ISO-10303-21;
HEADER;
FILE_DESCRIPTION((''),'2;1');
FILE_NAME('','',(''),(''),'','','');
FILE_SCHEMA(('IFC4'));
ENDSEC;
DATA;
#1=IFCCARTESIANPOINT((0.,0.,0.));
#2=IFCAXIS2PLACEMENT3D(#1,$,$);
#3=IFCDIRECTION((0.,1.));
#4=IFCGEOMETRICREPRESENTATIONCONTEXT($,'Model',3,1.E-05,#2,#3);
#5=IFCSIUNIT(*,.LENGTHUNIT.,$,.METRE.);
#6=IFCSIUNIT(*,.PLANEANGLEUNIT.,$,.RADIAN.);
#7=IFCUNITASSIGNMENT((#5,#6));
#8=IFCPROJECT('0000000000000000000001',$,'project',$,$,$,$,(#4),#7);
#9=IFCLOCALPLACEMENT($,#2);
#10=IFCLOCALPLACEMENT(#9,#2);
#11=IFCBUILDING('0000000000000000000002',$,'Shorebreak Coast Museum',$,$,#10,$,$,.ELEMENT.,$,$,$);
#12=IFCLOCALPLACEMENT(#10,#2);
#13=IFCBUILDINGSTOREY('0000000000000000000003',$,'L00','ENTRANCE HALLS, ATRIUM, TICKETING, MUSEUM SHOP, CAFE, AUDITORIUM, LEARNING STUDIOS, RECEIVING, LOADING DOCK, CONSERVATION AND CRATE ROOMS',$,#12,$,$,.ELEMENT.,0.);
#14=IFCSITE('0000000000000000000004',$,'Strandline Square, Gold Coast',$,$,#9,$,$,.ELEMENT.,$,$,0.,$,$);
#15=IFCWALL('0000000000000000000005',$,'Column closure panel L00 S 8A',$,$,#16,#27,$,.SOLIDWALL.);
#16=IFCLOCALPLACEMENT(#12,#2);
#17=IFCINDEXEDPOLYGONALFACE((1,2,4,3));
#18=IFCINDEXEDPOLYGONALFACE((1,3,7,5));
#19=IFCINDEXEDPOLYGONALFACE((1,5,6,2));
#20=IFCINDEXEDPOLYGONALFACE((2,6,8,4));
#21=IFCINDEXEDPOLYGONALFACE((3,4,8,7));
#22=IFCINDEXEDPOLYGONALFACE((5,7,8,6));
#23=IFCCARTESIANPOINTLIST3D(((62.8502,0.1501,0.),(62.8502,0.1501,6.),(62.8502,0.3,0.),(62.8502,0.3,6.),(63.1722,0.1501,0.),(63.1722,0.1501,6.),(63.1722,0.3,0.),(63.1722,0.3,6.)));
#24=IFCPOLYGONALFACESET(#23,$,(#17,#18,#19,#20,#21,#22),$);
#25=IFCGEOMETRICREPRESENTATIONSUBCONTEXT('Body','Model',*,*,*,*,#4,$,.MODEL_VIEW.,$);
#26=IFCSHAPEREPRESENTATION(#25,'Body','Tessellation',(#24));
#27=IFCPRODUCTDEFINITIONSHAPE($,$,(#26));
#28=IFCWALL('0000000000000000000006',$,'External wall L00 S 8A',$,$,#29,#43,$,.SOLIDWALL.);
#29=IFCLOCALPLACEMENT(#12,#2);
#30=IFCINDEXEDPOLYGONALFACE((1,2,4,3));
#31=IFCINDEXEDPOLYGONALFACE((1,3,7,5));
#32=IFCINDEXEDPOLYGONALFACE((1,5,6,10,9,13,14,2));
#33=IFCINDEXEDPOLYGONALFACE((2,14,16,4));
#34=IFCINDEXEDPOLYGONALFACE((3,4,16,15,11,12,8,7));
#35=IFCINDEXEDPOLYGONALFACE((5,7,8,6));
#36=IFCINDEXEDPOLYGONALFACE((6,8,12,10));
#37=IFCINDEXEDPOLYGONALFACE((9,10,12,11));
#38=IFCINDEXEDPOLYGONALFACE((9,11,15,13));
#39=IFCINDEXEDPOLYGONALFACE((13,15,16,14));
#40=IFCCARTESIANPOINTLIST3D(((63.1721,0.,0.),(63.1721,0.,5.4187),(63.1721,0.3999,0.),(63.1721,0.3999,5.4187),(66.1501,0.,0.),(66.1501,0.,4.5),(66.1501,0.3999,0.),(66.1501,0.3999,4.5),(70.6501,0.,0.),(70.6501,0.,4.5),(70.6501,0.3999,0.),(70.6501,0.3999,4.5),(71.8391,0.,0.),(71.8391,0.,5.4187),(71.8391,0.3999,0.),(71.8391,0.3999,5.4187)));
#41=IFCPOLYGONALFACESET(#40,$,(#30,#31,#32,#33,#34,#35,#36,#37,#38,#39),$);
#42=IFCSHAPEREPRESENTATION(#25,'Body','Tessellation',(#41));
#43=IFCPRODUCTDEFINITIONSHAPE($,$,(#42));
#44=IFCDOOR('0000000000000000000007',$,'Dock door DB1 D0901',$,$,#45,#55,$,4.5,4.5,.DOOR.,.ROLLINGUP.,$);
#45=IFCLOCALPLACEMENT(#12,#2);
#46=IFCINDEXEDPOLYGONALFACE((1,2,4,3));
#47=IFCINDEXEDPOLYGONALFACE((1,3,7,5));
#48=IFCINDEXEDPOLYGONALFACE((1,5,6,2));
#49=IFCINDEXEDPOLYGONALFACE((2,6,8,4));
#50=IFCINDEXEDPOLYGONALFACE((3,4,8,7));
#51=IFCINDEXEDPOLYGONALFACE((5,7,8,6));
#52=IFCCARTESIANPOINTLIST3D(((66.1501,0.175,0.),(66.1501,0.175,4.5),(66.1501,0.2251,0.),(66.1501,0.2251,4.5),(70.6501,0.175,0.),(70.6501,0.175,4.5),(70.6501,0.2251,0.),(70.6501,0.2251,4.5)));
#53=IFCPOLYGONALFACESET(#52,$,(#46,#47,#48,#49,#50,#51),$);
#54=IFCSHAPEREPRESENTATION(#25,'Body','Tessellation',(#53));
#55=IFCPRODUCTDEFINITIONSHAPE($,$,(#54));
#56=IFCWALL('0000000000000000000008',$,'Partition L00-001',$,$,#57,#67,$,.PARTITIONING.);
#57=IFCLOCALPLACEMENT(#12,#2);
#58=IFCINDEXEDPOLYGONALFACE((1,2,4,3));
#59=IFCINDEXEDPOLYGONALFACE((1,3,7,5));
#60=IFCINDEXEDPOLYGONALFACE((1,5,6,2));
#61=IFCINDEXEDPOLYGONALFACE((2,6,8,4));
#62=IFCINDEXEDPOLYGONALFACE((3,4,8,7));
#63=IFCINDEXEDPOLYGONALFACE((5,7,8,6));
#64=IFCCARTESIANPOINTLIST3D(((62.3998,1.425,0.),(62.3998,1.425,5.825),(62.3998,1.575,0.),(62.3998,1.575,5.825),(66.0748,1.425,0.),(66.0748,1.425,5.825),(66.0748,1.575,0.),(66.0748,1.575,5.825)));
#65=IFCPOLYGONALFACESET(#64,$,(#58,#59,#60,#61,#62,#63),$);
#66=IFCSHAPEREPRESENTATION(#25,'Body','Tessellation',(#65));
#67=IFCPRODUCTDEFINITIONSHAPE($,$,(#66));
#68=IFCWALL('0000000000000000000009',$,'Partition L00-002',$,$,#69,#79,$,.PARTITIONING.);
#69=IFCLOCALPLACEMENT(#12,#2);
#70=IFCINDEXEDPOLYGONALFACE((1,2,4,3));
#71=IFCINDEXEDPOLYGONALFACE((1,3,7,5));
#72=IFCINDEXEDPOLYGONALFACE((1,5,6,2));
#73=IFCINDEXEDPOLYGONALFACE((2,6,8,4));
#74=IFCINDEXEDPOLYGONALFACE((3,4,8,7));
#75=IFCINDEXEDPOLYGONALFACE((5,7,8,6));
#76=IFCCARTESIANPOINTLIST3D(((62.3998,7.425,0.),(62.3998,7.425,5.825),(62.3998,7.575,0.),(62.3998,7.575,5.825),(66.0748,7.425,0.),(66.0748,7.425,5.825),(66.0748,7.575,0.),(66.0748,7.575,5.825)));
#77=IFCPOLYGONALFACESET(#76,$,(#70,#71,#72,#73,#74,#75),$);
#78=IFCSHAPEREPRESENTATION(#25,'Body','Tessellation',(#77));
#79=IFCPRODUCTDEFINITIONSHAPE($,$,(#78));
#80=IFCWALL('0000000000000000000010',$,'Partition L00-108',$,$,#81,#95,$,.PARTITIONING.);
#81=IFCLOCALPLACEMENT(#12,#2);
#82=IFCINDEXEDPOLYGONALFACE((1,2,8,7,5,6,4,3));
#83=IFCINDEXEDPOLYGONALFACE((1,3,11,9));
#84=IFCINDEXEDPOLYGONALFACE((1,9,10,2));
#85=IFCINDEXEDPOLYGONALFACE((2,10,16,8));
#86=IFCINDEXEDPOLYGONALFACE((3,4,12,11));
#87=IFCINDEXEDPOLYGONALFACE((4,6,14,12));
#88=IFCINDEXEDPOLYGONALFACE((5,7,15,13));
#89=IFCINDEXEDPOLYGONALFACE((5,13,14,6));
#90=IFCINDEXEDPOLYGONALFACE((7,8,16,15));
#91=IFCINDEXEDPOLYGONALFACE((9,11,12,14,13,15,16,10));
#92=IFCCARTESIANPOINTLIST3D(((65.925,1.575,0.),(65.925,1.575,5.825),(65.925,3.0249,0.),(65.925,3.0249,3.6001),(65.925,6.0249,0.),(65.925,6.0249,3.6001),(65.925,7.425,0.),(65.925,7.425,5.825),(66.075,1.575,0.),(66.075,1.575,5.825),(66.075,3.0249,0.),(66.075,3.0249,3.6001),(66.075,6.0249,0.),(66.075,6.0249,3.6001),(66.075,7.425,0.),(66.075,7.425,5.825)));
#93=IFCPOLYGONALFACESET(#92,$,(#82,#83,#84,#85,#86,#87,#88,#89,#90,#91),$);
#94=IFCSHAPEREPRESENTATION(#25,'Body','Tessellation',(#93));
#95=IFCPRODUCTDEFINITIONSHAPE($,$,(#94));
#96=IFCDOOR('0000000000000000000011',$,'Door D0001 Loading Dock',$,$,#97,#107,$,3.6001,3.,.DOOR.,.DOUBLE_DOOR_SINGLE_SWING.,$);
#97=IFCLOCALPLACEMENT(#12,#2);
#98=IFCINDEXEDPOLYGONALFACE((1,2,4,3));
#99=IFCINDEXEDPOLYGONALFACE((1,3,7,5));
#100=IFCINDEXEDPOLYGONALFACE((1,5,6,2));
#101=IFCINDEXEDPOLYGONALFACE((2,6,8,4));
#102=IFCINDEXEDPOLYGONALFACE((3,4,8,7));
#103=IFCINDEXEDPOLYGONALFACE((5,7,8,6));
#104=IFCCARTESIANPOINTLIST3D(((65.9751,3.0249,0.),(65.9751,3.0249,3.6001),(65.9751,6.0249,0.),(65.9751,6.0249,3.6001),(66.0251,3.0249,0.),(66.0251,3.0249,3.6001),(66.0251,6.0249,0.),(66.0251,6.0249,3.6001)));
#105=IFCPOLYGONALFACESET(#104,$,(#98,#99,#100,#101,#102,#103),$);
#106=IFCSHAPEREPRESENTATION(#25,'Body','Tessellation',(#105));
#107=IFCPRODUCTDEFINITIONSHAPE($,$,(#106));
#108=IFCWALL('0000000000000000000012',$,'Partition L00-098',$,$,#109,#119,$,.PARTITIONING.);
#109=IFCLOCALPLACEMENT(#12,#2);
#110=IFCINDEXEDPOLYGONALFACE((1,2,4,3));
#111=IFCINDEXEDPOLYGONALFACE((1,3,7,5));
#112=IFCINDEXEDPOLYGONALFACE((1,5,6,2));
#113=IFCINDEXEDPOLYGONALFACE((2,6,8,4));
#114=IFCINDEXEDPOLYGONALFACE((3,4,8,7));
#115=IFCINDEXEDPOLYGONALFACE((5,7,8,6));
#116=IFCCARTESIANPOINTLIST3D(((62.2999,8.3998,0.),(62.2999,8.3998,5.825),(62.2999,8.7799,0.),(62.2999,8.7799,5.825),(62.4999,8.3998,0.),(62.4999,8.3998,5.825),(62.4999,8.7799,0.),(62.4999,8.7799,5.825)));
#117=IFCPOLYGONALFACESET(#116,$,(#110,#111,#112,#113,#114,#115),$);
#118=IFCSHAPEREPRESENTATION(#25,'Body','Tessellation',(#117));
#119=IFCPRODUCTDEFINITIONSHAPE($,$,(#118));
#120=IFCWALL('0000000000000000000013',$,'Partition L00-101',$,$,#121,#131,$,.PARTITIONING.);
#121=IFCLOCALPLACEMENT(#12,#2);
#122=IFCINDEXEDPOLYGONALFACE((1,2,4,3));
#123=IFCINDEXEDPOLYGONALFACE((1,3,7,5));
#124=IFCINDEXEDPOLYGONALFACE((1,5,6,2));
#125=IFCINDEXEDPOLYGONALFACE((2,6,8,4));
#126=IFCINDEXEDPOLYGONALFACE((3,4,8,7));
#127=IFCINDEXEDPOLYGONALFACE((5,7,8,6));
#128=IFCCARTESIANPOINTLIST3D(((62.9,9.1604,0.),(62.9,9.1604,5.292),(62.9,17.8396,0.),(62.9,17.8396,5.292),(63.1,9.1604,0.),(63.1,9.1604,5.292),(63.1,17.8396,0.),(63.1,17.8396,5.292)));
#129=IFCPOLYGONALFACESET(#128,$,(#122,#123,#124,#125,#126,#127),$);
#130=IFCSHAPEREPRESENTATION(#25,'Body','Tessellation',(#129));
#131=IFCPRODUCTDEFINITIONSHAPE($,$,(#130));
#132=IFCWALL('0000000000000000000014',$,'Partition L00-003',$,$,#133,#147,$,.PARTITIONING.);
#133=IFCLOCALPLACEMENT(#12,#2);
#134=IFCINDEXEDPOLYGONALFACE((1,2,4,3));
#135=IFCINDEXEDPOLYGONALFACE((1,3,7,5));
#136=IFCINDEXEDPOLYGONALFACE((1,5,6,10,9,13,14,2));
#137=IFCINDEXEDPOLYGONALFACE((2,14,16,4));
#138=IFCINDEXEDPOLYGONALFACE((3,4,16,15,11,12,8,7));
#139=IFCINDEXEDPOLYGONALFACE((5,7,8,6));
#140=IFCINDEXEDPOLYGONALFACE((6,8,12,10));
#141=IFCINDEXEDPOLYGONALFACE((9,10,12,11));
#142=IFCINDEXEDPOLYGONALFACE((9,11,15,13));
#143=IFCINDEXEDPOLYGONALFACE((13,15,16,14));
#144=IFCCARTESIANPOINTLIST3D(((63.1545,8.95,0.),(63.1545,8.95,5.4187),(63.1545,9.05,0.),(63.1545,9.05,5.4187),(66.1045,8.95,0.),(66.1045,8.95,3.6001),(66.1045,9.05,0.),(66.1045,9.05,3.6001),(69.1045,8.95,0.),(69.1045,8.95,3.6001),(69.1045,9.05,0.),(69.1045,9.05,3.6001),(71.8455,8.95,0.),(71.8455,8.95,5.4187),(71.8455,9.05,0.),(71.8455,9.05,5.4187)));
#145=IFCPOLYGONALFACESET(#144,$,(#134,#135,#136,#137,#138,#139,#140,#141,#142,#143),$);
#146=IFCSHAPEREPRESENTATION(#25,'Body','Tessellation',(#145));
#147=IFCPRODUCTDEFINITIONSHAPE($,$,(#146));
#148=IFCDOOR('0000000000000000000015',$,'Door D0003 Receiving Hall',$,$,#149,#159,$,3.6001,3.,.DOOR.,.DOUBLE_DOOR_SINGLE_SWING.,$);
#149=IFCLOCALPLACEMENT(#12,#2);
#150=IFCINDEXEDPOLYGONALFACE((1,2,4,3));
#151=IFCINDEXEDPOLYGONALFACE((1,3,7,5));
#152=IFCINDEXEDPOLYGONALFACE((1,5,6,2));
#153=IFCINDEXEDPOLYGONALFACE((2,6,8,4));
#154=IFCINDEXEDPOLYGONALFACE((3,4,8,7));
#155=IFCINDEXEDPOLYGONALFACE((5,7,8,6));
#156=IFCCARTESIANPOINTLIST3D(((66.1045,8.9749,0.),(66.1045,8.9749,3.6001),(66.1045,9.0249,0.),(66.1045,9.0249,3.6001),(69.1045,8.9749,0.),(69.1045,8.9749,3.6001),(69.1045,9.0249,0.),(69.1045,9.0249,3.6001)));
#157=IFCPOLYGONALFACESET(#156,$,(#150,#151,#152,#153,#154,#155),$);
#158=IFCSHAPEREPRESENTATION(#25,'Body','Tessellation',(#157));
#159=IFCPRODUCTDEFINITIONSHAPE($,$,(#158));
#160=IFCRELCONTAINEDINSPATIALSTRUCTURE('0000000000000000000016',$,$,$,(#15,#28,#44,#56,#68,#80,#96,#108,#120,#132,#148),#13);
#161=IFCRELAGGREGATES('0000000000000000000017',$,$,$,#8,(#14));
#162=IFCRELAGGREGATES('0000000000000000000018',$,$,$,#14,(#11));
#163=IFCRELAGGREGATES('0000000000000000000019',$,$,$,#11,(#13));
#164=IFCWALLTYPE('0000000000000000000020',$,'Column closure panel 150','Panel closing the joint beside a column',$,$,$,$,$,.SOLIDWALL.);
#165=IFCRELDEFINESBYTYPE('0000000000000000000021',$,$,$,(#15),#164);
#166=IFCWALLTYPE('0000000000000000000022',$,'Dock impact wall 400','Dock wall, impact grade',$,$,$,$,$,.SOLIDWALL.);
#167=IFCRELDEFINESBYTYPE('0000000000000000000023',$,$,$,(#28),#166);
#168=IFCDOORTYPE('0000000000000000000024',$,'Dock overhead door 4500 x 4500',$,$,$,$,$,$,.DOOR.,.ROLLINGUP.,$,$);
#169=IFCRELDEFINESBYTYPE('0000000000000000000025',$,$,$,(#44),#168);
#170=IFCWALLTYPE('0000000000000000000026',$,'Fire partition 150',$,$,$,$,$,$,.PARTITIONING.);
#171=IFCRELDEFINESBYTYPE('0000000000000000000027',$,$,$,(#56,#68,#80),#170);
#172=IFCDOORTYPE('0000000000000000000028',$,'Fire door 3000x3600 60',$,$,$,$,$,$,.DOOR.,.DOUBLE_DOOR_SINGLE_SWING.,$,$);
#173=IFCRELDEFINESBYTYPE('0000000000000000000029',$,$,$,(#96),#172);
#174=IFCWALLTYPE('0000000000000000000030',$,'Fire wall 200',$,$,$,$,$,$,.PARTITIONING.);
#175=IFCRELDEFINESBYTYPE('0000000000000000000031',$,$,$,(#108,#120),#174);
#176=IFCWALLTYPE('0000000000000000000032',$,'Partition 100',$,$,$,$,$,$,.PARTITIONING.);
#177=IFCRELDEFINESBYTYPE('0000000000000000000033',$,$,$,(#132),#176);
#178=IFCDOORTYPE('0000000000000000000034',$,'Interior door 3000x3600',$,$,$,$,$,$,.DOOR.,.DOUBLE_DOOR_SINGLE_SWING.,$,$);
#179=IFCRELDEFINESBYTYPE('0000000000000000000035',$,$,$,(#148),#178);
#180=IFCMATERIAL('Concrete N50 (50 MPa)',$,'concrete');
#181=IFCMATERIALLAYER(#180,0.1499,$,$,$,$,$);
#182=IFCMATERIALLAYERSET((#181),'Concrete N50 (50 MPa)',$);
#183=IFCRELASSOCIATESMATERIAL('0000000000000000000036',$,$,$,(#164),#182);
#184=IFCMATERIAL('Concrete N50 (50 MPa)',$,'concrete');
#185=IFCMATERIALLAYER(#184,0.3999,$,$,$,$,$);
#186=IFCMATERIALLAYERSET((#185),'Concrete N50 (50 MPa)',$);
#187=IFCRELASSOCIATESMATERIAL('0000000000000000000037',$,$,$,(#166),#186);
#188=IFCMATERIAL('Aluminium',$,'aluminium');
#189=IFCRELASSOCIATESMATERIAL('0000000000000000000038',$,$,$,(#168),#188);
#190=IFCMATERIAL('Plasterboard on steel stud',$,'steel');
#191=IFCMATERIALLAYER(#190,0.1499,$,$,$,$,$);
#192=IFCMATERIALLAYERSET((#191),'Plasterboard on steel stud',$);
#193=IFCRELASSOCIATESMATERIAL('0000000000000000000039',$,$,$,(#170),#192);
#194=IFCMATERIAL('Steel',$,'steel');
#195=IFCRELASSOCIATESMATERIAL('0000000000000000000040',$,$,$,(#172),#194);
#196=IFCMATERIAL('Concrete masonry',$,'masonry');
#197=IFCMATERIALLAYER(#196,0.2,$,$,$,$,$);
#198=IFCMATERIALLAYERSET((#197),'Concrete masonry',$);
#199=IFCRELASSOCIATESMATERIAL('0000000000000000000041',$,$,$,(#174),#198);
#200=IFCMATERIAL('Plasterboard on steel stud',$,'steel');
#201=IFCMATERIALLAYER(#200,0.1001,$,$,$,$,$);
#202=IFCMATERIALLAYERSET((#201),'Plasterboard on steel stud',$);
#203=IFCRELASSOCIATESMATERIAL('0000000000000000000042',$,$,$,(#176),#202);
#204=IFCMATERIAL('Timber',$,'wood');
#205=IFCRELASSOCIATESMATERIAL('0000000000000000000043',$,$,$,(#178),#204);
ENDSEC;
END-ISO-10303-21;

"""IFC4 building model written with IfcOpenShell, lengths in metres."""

from ifc_helpers import new_model, si_unit, direction, frame, frame_2d, origin, place, context, subcontext, project, spatial, rectangle, extrude, material, layer, layer_set, type_object, element, fill, save


model = new_model("IFC4")

# Units and contexts
model_context = context("Model", 3, precision=1e-05, world=origin(), true_north=direction((0.0, 1.0)))
body_context = subcontext(model_context, "Body", "Model", "MODEL_VIEW")
ifc_project = project(units=[si_unit("LENGTHUNIT", "METRE"), si_unit("PLANEANGLEUNIT", "RADIAN")], contexts=[model_context])

# Site, building, storey
site_placement = place(None, origin())
site = spatial("IfcSite", under=ifc_project, at=site_placement, Name="Strandline Square, Gold Coast", CompositionType="ELEMENT", RefElevation=0.0)
building_placement = place(site_placement, origin())
building = spatial("IfcBuilding", under=site, at=building_placement, Name="Shorebreak Coast Museum", CompositionType="ELEMENT")
storey_placement = place(building_placement, origin())
storey = spatial("IfcBuildingStorey", under=building, at=storey_placement, Name="L00", Description="ENTRANCE HALLS, ATRIUM, TICKETING, MUSEUM SHOP, CAFE, AUDITORIUM, LEARNING STUDIOS, RECEIVING, LOADING DOCK, CONSERVATION AND CRATE ROOMS", CompositionType="ELEMENT", Elevation=0.0)

# Wall
ifc_material_1 = material(Name="Concrete N50 (50 MPa)", Category="concrete")
ifc_layer_1 = layer(ifc_material_1, 0.1499)
ifc_layer_set_1 = layer_set([ifc_layer_1], Name="Concrete N50 (50 MPa)")
wall_type_1 = type_object("IfcWallType", Name="Column closure panel 150", Description="Panel closing the joint beside a column", PredefinedType="SOLIDWALL", material=ifc_layer_set_1)
wall_1_placement = place(storey_placement, frame((62.8501, 0.2251, 0.0), z_axis=(0.0, 0.0, 1.0), x_axis=(1.0, 0.0, 0.0)))
element("IfcWall", 1, at=wall_1_placement, inside=storey, type_object=wall_type_1, Name="Column closure panel L00 S 8A", PredefinedType="SOLIDWALL", context=body_context, shape_type="SweptSolid", body=[
    extrude(rectangle(XDim=0.322, YDim=0.1499, at=frame_2d((0.1611, 0.0))), origin(), (0.0, 0.0, 1.0), 6.0),
])

# Wall, opening, door
ifc_material_2 = material(Name="Concrete N50 (50 MPa)", Category="concrete")
ifc_layer_2 = layer(ifc_material_2, 0.3999)
ifc_layer_set_2 = layer_set([ifc_layer_2], Name="Concrete N50 (50 MPa)")
wall_type_2 = type_object("IfcWallType", Name="Dock impact wall 400", Description="Dock wall, impact grade", PredefinedType="SOLIDWALL", material=ifc_layer_set_2)
wall_2_placement = place(storey_placement, frame((63.1721, 0.2, 0.0), z_axis=(0.0, 0.0, 1.0), x_axis=(1.0, 0.0, 0.0)))
wall_2 = element("IfcWall", 2, at=wall_2_placement, inside=storey, type_object=wall_type_2, Name="External wall L00 S 8A", PredefinedType="SOLIDWALL", context=body_context, shape_type="SweptSolid", body=[
    extrude(rectangle(XDim=8.667, YDim=0.3999, at=frame_2d((4.3335, 0.0))), origin(), (0.0, 0.0, 1.0), 5.4187),
])
opening_1_placement = place(wall_2_placement, frame((2.978, 0.0, 0.0)))
opening_1 = element("IfcOpeningElement", 3, at=opening_1_placement, cuts=wall_2, PredefinedType="OPENING", context=body_context, shape_type="SweptSolid", body=[
    extrude(rectangle(XDim=4.5, YDim=4.5, at=frame_2d((2.25, 2.25))), frame((0.0, 0.21, 0.0), z_axis=(0.0, -1.0, 0.0), x_axis=(1.0, 0.0, 0.0)), (0.0, 0.0, 1.0), 0.4199),
])
ifc_material_3 = material(Name="Aluminium", Category="aluminium")
door_type_1 = type_object("IfcDoorType", Name="Dock overhead door 4500 x 4500", OperationType="ROLLINGUP", PredefinedType="DOOR", material=ifc_material_3)
door_1_placement = place(opening_1_placement, frame((4.5, 0.0, 0.0), z_axis=(0.0, 0.0, 1.0), x_axis=(-1.0, 0.0, 0.0)))
door_1 = element("IfcDoor", 4, at=door_1_placement, inside=storey, type_object=door_type_1, Name="Dock door DB1 D0901", OperationType="ROLLINGUP", OverallHeight=4.5, OverallWidth=4.5, PredefinedType="DOOR", context=body_context, shape_type="SweptSolid", body=[
    extrude(rectangle(XDim=4.5, YDim=4.5, at=frame_2d((2.25, 2.25))), frame((0.0, 0.0249, 0.0), z_axis=(0.0, -1.0, 0.0), x_axis=(1.0, 0.0, 0.0)), (0.0, 0.0, 1.0), 0.05),
])
fill(opening_1, door_1)

# Walls
ifc_material_4 = material(Name="Plasterboard on steel stud", Category="steel")
ifc_layer_3 = layer(ifc_material_4, 0.1499)
ifc_layer_set_3 = layer_set([ifc_layer_3], Name="Plasterboard on steel stud")
wall_type_3 = type_object("IfcWallType", Name="Fire partition 150", PredefinedType="PARTITIONING", material=ifc_layer_set_3)
for number, where, z_axis, x_axis, name in (
    (5, (62.3999, 1.5, 0.0), (0.0, 0.0, 1.0), (1.0, 0.0, 0.0), "Partition L00-001"),
    (6, (62.3999, 7.5, 0.0), (0.0, 0.0, 1.0), (1.0, 0.0, 0.0), "Partition L00-002"),
):
    element("IfcWall", number, at=place(storey_placement, frame(where, z_axis=z_axis, x_axis=x_axis)), inside=storey, type_object=wall_type_3, Name=name, PredefinedType="PARTITIONING", context=body_context, shape_type="SweptSolid", body=[
        extrude(rectangle(XDim=3.675, YDim=0.1499, at=frame_2d((1.8374, 0.0))), origin(), (0.0, 0.0, 1.0), 5.825),
    ])

# Wall, opening, door
wall_3_placement = place(storey_placement, frame((66.0, 1.575, 0.0), z_axis=(0.0, 0.0, 1.0), x_axis=(0.0, 1.0, 0.0)))
wall_3 = element("IfcWall", 7, at=wall_3_placement, inside=storey, type_object=wall_type_3, Name="Partition L00-108", PredefinedType="PARTITIONING", context=body_context, shape_type="SweptSolid", body=[
    extrude(rectangle(XDim=5.8501, YDim=0.1499, at=frame_2d((2.925, 0.0))), origin(), (0.0, 0.0, 1.0), 5.825),
])
opening_2_placement = place(wall_3_placement, frame((1.45, 0.0, 0.0)))
opening_2 = element("IfcOpeningElement", 8, at=opening_2_placement, cuts=wall_3, PredefinedType="OPENING", context=body_context, shape_type="SweptSolid", body=[
    extrude(rectangle(XDim=3.0, YDim=3.6001, at=frame_2d((1.5, 1.8))), frame((0.0, 0.085, 0.0), z_axis=(0.0, -1.0, 0.0), x_axis=(1.0, 0.0, 0.0)), (0.0, 0.0, 1.0), 0.1699),
])
ifc_material_5 = material(Name="Steel", Category="steel")
door_type_2 = type_object("IfcDoorType", Name="Fire door 3000x3600 60", OperationType="DOUBLE_DOOR_SINGLE_SWING", PredefinedType="DOOR", material=ifc_material_5)
door_2_placement = place(opening_2_placement, origin())
door_2 = element("IfcDoor", 9, at=door_2_placement, inside=storey, type_object=door_type_2, Name="Door D0001 Loading Dock", OperationType="DOUBLE_DOOR_SINGLE_SWING", OverallHeight=3.6001, OverallWidth=3.0, PredefinedType="DOOR", context=body_context, shape_type="SweptSolid", body=[
    extrude(rectangle(XDim=3.0, YDim=3.6001, at=frame_2d((1.5, 1.8))), frame((0.0, 0.0249, 0.0), z_axis=(0.0, -1.0, 0.0), x_axis=(1.0, 0.0, 0.0)), (0.0, 0.0, 1.0), 0.05),
])
fill(opening_2, door_2)

# Walls
ifc_material_6 = material(Name="Concrete masonry", Category="masonry")
ifc_layer_4 = layer(ifc_material_6, 0.2)
ifc_layer_set_4 = layer_set([ifc_layer_4], Name="Concrete masonry")
wall_type_4 = type_object("IfcWallType", Name="Fire wall 200", PredefinedType="PARTITIONING", material=ifc_layer_set_4)
wall_4_placement = place(storey_placement, frame((62.3999, 8.3999, 0.0), z_axis=(0.0, 0.0, 1.0), x_axis=(0.0, 1.0, 0.0)))
element("IfcWall", 10, at=wall_4_placement, inside=storey, type_object=wall_type_4, Name="Partition L00-098", PredefinedType="PARTITIONING", context=body_context, shape_type="SweptSolid", body=[
    extrude(rectangle(XDim=0.3801, YDim=0.2, at=frame_2d((0.1899, 0.0))), origin(), (0.0, 0.0, 1.0), 5.825),
])
wall_5_placement = place(storey_placement, frame((63.0, 9.1604, 0.0), z_axis=(0.0, 0.0, 1.0), x_axis=(0.0, 1.0, 0.0)))
element("IfcWall", 11, at=wall_5_placement, inside=storey, type_object=wall_type_4, Name="Partition L00-101", PredefinedType="PARTITIONING", context=body_context, shape_type="SweptSolid", body=[
    extrude(rectangle(XDim=8.6792, YDim=0.2, at=frame_2d((4.3396, 0.0))), origin(), (0.0, 0.0, 1.0), 5.292),
])

# Wall, opening, door
ifc_material_7 = material(Name="Plasterboard on steel stud", Category="steel")
ifc_layer_5 = layer(ifc_material_7, 0.1001)
ifc_layer_set_5 = layer_set([ifc_layer_5], Name="Plasterboard on steel stud")
wall_type_5 = type_object("IfcWallType", Name="Partition 100", PredefinedType="PARTITIONING", material=ifc_layer_set_5)
wall_6_placement = place(storey_placement, frame((63.1545, 9.0, 0.0), z_axis=(0.0, 0.0, 1.0), x_axis=(1.0, 0.0, 0.0)))
wall_6 = element("IfcWall", 12, at=wall_6_placement, inside=storey, type_object=wall_type_5, Name="Partition L00-003", PredefinedType="PARTITIONING", context=body_context, shape_type="SweptSolid", body=[
    extrude(rectangle(XDim=8.6909, YDim=0.1001, at=frame_2d((4.3455, 0.0))), origin(), (0.0, 0.0, 1.0), 5.4187),
])
opening_3_placement = place(wall_6_placement, frame((2.95, 0.0, 0.0)))
opening_3 = element("IfcOpeningElement", 13, at=opening_3_placement, cuts=wall_6, PredefinedType="OPENING", context=body_context, shape_type="SweptSolid", body=[
    extrude(rectangle(XDim=3.0, YDim=3.6001, at=frame_2d((1.5, 1.8))), frame((0.0, 0.0601, 0.0), z_axis=(0.0, -1.0, 0.0), x_axis=(1.0, 0.0, 0.0)), (0.0, 0.0, 1.0), 0.1201),
])
ifc_material_8 = material(Name="Timber", Category="wood")
door_type_3 = type_object("IfcDoorType", Name="Interior door 3000x3600", OperationType="DOUBLE_DOOR_SINGLE_SWING", PredefinedType="DOOR", material=ifc_material_8)
door_3_placement = place(opening_3_placement, origin())
door_3 = element("IfcDoor", 14, at=door_3_placement, inside=storey, type_object=door_type_3, Name="Door D0003 Receiving Hall", OperationType="DOUBLE_DOOR_SINGLE_SWING", OverallHeight=3.6001, OverallWidth=3.0, PredefinedType="DOOR", context=body_context, shape_type="SweptSolid", body=[
    extrude(rectangle(XDim=3.0, YDim=3.6001, at=frame_2d((1.5, 1.8))), frame((0.0, 0.0249, 0.0), z_axis=(0.0, -1.0, 0.0), x_axis=(1.0, 0.0, 0.0)), (0.0, 0.0, 1.0), 0.05),
])
fill(opening_3, door_3)

save(model, "model.ifc")
